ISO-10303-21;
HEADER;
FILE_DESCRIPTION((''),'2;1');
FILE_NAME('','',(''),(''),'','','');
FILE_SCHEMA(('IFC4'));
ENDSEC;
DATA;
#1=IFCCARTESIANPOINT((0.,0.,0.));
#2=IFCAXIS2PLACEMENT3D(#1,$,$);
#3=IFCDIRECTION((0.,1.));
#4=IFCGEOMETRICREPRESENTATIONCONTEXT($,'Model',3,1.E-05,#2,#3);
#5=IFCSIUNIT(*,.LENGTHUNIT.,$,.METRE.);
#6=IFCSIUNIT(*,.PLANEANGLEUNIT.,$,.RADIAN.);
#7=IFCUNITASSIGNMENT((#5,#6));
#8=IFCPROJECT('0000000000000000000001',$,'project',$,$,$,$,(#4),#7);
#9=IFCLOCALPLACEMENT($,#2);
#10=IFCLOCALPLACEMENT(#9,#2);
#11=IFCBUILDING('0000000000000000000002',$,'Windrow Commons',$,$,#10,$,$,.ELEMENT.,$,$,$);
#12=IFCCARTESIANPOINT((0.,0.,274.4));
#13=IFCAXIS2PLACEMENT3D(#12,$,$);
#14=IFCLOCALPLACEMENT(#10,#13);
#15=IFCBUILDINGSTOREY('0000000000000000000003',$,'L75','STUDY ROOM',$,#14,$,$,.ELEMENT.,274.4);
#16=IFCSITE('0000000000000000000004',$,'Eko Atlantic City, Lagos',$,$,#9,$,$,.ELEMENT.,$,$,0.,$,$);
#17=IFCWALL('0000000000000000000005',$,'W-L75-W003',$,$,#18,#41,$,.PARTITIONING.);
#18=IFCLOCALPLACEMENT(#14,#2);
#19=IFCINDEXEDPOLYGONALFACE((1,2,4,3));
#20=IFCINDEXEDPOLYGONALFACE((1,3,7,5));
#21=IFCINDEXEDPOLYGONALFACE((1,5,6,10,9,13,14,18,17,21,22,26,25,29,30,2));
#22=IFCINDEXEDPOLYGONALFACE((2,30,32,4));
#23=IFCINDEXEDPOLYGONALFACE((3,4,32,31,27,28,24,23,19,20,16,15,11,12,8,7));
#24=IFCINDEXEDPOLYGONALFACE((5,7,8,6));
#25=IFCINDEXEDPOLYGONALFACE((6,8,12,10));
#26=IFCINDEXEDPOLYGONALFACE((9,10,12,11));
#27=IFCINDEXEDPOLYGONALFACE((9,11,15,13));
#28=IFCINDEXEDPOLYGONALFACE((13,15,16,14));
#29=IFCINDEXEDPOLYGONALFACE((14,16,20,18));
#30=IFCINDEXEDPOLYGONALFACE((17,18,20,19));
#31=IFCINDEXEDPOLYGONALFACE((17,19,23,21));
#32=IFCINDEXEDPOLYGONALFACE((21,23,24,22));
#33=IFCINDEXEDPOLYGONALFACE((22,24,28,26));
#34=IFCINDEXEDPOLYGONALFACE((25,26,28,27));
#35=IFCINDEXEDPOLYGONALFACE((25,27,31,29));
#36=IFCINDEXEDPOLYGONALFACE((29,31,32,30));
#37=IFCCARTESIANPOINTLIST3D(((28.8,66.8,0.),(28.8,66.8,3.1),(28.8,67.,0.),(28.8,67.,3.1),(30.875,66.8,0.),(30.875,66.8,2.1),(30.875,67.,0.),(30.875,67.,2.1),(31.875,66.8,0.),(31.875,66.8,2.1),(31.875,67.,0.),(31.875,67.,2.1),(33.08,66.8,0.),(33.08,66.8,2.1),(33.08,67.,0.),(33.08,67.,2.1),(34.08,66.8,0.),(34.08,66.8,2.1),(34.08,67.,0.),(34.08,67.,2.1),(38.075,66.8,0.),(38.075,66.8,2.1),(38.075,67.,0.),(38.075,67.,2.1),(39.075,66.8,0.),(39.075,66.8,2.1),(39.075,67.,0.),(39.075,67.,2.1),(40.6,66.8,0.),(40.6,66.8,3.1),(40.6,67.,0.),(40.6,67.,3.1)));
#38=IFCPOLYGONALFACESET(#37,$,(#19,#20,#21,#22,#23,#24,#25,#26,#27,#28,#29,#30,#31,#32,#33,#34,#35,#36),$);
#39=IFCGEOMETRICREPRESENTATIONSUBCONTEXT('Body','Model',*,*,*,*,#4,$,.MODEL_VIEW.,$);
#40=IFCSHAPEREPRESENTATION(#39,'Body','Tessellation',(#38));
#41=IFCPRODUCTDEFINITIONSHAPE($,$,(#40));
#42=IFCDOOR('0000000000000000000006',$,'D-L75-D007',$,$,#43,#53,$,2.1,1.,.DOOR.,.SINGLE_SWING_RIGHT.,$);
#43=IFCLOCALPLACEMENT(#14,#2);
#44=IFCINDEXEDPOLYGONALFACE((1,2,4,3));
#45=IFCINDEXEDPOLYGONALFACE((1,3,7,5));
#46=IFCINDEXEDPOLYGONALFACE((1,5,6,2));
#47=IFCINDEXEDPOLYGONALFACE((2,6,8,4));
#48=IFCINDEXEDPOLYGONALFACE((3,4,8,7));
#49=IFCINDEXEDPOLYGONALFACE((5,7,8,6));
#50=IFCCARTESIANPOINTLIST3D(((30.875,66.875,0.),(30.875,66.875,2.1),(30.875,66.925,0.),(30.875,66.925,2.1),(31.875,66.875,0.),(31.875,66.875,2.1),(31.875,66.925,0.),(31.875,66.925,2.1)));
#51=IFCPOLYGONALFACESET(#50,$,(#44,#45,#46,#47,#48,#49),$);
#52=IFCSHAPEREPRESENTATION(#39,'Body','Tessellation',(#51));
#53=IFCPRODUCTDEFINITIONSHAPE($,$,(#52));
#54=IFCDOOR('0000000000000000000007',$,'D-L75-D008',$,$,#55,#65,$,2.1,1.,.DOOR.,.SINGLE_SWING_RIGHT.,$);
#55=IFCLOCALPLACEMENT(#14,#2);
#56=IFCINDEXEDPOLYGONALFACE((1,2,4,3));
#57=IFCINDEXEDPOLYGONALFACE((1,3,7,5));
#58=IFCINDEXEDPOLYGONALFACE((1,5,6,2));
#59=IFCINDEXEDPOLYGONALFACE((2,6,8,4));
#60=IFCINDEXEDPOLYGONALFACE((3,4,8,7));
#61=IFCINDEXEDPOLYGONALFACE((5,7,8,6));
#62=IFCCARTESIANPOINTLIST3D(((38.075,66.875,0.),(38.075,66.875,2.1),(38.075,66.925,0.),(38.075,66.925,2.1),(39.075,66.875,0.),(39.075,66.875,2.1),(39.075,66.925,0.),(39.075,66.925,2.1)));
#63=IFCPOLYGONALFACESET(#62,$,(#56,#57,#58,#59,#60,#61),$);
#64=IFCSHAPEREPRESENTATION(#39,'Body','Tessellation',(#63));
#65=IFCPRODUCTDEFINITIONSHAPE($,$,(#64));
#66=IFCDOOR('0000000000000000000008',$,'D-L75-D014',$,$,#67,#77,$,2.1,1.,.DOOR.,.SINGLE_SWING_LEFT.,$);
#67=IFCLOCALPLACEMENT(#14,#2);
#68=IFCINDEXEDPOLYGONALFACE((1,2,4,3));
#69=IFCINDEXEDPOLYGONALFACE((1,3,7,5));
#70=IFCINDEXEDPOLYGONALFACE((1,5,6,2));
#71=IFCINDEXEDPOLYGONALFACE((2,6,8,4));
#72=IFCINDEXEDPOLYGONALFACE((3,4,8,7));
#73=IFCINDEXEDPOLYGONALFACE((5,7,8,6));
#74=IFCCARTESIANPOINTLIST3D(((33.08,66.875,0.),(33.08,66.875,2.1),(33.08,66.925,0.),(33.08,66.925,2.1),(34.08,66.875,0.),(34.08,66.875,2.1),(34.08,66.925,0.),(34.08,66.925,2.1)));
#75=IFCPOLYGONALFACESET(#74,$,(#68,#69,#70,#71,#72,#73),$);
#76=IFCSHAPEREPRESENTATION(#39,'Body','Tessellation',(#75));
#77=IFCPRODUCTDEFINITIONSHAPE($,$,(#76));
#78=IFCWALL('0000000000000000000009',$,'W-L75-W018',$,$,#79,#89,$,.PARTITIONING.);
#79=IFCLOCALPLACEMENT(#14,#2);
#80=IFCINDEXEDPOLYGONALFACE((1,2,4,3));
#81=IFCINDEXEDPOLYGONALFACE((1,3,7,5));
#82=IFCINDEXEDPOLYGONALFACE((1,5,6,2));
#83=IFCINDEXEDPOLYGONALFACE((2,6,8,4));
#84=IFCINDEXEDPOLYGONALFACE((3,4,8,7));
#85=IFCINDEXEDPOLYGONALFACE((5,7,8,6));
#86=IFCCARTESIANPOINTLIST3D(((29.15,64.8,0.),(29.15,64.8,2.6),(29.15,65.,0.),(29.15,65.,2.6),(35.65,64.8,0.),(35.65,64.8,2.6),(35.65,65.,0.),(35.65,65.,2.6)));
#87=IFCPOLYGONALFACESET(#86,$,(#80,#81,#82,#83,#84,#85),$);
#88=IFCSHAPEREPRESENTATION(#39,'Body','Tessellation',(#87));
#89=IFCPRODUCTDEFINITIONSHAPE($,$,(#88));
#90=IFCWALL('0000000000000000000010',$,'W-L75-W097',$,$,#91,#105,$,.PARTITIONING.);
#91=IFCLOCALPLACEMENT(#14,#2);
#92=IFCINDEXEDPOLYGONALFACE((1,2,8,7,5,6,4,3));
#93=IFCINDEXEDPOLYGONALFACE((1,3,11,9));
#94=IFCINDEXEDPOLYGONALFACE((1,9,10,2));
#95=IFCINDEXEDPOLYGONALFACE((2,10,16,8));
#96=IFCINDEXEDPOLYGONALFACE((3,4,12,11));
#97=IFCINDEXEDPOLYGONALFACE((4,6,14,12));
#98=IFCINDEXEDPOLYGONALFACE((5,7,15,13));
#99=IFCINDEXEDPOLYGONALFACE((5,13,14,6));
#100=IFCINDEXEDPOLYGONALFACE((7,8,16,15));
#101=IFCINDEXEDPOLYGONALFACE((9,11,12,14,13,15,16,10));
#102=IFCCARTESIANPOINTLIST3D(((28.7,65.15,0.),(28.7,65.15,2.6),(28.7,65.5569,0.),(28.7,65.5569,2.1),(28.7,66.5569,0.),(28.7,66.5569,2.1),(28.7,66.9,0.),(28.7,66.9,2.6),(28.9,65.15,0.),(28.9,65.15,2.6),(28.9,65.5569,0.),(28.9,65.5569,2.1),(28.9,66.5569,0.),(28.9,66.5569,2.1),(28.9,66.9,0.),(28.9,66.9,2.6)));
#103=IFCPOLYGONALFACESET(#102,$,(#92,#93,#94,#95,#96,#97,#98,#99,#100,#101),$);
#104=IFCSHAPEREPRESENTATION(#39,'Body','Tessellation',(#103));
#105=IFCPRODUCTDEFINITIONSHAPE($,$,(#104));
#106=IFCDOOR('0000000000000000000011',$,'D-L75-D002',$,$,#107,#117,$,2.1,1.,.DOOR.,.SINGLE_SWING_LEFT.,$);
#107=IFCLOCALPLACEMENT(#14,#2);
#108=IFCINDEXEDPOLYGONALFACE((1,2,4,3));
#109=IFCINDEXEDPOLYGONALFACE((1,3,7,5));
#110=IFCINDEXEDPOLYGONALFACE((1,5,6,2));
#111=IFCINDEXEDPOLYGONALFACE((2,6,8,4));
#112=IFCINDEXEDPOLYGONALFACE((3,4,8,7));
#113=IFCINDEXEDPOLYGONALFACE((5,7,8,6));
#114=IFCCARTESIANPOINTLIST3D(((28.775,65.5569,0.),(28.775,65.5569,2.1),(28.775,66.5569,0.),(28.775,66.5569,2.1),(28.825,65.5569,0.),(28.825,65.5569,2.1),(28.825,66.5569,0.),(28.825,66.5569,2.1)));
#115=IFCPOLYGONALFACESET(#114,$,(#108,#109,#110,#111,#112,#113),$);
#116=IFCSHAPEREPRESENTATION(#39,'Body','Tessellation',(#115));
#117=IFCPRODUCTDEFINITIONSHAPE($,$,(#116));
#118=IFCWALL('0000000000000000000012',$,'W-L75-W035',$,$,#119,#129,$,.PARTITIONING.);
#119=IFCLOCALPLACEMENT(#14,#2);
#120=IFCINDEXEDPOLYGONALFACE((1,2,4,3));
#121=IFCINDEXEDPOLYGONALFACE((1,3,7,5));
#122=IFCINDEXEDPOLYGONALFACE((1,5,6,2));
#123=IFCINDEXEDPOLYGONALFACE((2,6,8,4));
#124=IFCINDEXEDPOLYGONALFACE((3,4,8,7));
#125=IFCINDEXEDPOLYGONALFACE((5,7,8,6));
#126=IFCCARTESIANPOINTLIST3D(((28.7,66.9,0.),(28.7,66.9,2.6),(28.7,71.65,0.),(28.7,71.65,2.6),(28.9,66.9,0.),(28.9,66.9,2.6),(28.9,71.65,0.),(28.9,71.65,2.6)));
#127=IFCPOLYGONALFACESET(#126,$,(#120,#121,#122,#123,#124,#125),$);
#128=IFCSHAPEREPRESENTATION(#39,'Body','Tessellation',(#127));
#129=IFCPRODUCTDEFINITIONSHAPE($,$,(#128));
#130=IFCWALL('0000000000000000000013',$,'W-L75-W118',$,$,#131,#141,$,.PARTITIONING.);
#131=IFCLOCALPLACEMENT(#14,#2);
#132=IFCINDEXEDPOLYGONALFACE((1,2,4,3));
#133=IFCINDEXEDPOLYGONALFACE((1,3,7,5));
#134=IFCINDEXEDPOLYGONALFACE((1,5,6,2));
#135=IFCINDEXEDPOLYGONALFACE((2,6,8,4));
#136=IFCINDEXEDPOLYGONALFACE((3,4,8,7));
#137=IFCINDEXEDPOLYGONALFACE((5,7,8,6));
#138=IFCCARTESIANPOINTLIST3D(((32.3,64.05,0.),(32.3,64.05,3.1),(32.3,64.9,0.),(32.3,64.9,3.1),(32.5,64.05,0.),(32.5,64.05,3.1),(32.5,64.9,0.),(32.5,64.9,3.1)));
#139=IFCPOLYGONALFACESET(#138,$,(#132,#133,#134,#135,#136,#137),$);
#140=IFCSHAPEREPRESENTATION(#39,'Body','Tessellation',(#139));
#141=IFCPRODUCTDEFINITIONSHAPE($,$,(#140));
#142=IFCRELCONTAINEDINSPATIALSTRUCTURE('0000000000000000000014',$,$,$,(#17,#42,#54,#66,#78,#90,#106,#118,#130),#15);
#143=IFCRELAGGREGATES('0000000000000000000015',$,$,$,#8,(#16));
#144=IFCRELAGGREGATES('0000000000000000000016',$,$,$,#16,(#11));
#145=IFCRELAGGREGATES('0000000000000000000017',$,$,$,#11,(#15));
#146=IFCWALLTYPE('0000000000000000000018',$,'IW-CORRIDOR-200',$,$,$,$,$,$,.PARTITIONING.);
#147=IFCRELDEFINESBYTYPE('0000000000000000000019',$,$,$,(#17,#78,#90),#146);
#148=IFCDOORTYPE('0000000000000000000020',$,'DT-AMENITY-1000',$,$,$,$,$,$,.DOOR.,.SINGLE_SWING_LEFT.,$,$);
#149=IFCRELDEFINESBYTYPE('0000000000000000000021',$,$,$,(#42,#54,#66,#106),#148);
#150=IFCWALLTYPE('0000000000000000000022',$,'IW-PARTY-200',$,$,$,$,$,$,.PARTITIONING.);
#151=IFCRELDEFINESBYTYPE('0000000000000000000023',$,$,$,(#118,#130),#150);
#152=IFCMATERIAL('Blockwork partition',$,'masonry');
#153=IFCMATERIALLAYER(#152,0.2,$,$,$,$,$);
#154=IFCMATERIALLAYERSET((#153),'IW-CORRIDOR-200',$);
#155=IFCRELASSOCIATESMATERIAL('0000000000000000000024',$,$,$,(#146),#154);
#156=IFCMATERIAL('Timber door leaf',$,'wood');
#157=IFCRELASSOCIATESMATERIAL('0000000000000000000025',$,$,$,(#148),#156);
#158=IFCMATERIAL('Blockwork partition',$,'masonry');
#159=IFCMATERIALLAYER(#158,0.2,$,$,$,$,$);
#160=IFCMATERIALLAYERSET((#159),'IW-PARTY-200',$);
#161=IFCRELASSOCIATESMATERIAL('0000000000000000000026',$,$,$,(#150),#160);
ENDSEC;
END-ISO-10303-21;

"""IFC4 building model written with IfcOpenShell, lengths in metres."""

from ifc_helpers import new_model, si_unit, direction, frame, frame_2d, origin, place, context, subcontext, project, spatial, rectangle, extrude, material, layer, layer_set, type_object, element, fill, save


model = new_model("IFC4")

# Units and contexts
model_context = context("Model", 3, precision=1e-05, world=origin(), true_north=direction((0.0, 1.0)))
body_context = subcontext(model_context, "Body", "Model", "MODEL_VIEW")
ifc_project = project(units=[si_unit("LENGTHUNIT", "METRE"), si_unit("PLANEANGLEUNIT", "RADIAN")], contexts=[model_context])

# Site, building, storey
site_placement = place(None, origin())
site = spatial("IfcSite", under=ifc_project, at=site_placement, Name="Eko Atlantic City, Lagos", CompositionType="ELEMENT", RefElevation=0.0)
building_placement = place(site_placement, origin())
building = spatial("IfcBuilding", under=site, at=building_placement, Name="Windrow Commons", CompositionType="ELEMENT")
storey_placement = place(building_placement, frame((0.0, 0.0, 274.4)))
storey = spatial("IfcBuildingStorey", under=building, at=storey_placement, Name="L75", Description="STUDY ROOM", CompositionType="ELEMENT", Elevation=274.4)

# Wall, openings, doors
ifc_material_1 = material(Name="Blockwork partition", Category="masonry")
ifc_layer_1 = layer(ifc_material_1, 0.2)
ifc_layer_set_1 = layer_set([ifc_layer_1], Name="IW-CORRIDOR-200")
wall_type_1 = type_object("IfcWallType", Name="IW-CORRIDOR-200", PredefinedType="PARTITIONING", material=ifc_layer_set_1)
wall_1_placement = place(storey_placement, frame((28.8, 66.9, 0.0), z_axis=(0.0, 0.0, 1.0), x_axis=(1.0, 0.0, 0.0)))
wall_1 = element("IfcWall", 1, at=wall_1_placement, inside=storey, type_object=wall_type_1, Name="W-L75-W003", PredefinedType="PARTITIONING", context=body_context, shape_type="SweptSolid", body=[
    extrude(rectangle(XDim=11.8, YDim=0.2, at=frame_2d((5.9, 0.0))), origin(), (0.0, 0.0, 1.0), 3.1),
])
opening_1_placement = place(wall_1_placement, frame((2.075, 0.0, 0.0)))
opening_1 = element("IfcOpeningElement", 2, at=opening_1_placement, cuts=wall_1, PredefinedType="OPENING", context=body_context, shape_type="SweptSolid", body=[
    extrude(rectangle(XDim=1.0, YDim=2.1, at=frame_2d((0.5, 1.05))), frame((0.0, 0.11, 0.0), z_axis=(0.0, -1.0, 0.0), x_axis=(1.0, 0.0, 0.0)), (0.0, 0.0, 1.0), 0.22),
])
opening_2_placement = place(wall_1_placement, frame((9.275, 0.0, 0.0)))
opening_2 = element("IfcOpeningElement", 3, at=opening_2_placement, cuts=wall_1, PredefinedType="OPENING", context=body_context, shape_type="SweptSolid", body=[
    extrude(rectangle(XDim=1.0, YDim=2.1, at=frame_2d((0.5, 1.05))), frame((0.0, 0.11, 0.0), z_axis=(0.0, -1.0, 0.0), x_axis=(1.0, 0.0, 0.0)), (0.0, 0.0, 1.0), 0.22),
])
opening_3_placement = place(wall_1_placement, frame((4.28, 0.0, 0.0)))
opening_3 = element("IfcOpeningElement", 4, at=opening_3_placement, cuts=wall_1, PredefinedType="OPENING", context=body_context, shape_type="SweptSolid", body=[
    extrude(rectangle(XDim=1.0, YDim=2.1, at=frame_2d((0.5, 1.05))), frame((0.0, 0.11, 0.0), z_axis=(0.0, -1.0, 0.0), x_axis=(1.0, 0.0, 0.0)), (0.0, 0.0, 1.0), 0.22),
])
ifc_material_2 = material(Name="Timber door leaf", Category="wood")
door_type = type_object("IfcDoorType", Name="DT-AMENITY-1000", OperationType="SINGLE_SWING_LEFT", PredefinedType="DOOR", material=ifc_material_2)
door_1_placement = place(opening_1_placement, origin())
door_1 = element("IfcDoor", 5, at=door_1_placement, inside=storey, type_object=door_type, Name="D-L75-D007", OperationType="SINGLE_SWING_RIGHT", OverallHeight=2.1, OverallWidth=1.0, PredefinedType="DOOR", context=body_context, shape_type="SweptSolid", body=[
    extrude(rectangle(XDim=1.0, YDim=2.1, at=frame_2d((0.5, 1.05))), frame((0.0, 0.025, 0.0), z_axis=(0.0, -1.0, 0.0), x_axis=(1.0, 0.0, 0.0)), (0.0, 0.0, 1.0), 0.05),
])
fill(opening_1, door_1)
door_2_placement = place(opening_2_placement, origin())
door_2 = element("IfcDoor", 6, at=door_2_placement, inside=storey, type_object=door_type, Name="D-L75-D008", OperationType="SINGLE_SWING_RIGHT", OverallHeight=2.1, OverallWidth=1.0, PredefinedType="DOOR", context=body_context, shape_type="SweptSolid", body=[
    extrude(rectangle(XDim=1.0, YDim=2.1, at=frame_2d((0.5, 1.05))), frame((0.0, 0.025, 0.0), z_axis=(0.0, -1.0, 0.0), x_axis=(1.0, 0.0, 0.0)), (0.0, 0.0, 1.0), 0.05),
])
fill(opening_2, door_2)
door_3_placement = place(opening_3_placement, origin())
door_3 = element("IfcDoor", 7, at=door_3_placement, inside=storey, type_object=door_type, Name="D-L75-D014", OperationType="SINGLE_SWING_LEFT", OverallHeight=2.1, OverallWidth=1.0, PredefinedType="DOOR", context=body_context, shape_type="SweptSolid", body=[
    extrude(rectangle(XDim=1.0, YDim=2.1, at=frame_2d((0.5, 1.05))), frame((0.0, 0.025, 0.0), z_axis=(0.0, -1.0, 0.0), x_axis=(1.0, 0.0, 0.0)), (0.0, 0.0, 1.0), 0.05),
])
fill(opening_3, door_3)

# Wall
wall_2_placement = place(storey_placement, frame((29.15, 64.9, 0.0), z_axis=(0.0, 0.0, 1.0), x_axis=(1.0, 0.0, 0.0)))
element("IfcWall", 8, at=wall_2_placement, inside=storey, type_object=wall_type_1, Name="W-L75-W018", PredefinedType="PARTITIONING", context=body_context, shape_type="SweptSolid", body=[
    extrude(rectangle(XDim=6.5, YDim=0.2, at=frame_2d((3.25, 0.0))), origin(), (0.0, 0.0, 1.0), 2.6),
])

# Wall, opening, door
wall_3_placement = place(storey_placement, frame((28.8, 65.15, 0.0), z_axis=(0.0, 0.0, 1.0), x_axis=(0.0, 1.0, 0.0)))
wall_3 = element("IfcWall", 9, at=wall_3_placement, inside=storey, type_object=wall_type_1, Name="W-L75-W097", PredefinedType="PARTITIONING", context=body_context, shape_type="SweptSolid", body=[
    extrude(rectangle(XDim=1.75, YDim=0.2, at=frame_2d((0.875, 0.0))), origin(), (0.0, 0.0, 1.0), 2.6),
])
opening_4_placement = place(wall_3_placement, frame((0.4069, 0.0, 0.0)))
opening_4 = element("IfcOpeningElement", 10, at=opening_4_placement, cuts=wall_3, PredefinedType="OPENING", context=body_context, shape_type="SweptSolid", body=[
    extrude(rectangle(XDim=1.0, YDim=2.1, at=frame_2d((0.5, 1.05))), frame((0.0, 0.11, 0.0), z_axis=(0.0, -1.0, 0.0), x_axis=(1.0, 0.0, 0.0)), (0.0, 0.0, 1.0), 0.22),
])
door_4_placement = place(opening_4_placement, origin())
door_4 = element("IfcDoor", 11, at=door_4_placement, inside=storey, type_object=door_type, Name="D-L75-D002", OperationType="SINGLE_SWING_LEFT", OverallHeight=2.1, OverallWidth=1.0, PredefinedType="DOOR", context=body_context, shape_type="SweptSolid", body=[
    extrude(rectangle(XDim=1.0, YDim=2.1, at=frame_2d((0.5, 1.05))), frame((0.0, 0.025, 0.0), z_axis=(0.0, -1.0, 0.0), x_axis=(1.0, 0.0, 0.0)), (0.0, 0.0, 1.0), 0.05),
])
fill(opening_4, door_4)

# Walls
ifc_material_3 = material(Name="Blockwork partition", Category="masonry")
ifc_layer_2 = layer(ifc_material_3, 0.2)
ifc_layer_set_2 = layer_set([ifc_layer_2], Name="IW-PARTY-200")
wall_type_2 = type_object("IfcWallType", Name="IW-PARTY-200", PredefinedType="PARTITIONING", material=ifc_layer_set_2)
wall_4_placement = place(storey_placement, frame((28.8, 66.9, 0.0), z_axis=(0.0, 0.0, 1.0), x_axis=(0.0, 1.0, 0.0)))
element("IfcWall", 12, at=wall_4_placement, inside=storey, type_object=wall_type_2, Name="W-L75-W035", PredefinedType="PARTITIONING", context=body_context, shape_type="SweptSolid", body=[
    extrude(rectangle(XDim=4.75, YDim=0.2, at=frame_2d((2.375, 0.0))), origin(), (0.0, 0.0, 1.0), 2.6),
])
wall_5_placement = place(storey_placement, frame((32.4, 64.05, 0.0), z_axis=(0.0, 0.0, 1.0), x_axis=(0.0, 1.0, 0.0)))
element("IfcWall", 13, at=wall_5_placement, inside=storey, type_object=wall_type_2, Name="W-L75-W118", PredefinedType="PARTITIONING", context=body_context, shape_type="SweptSolid", body=[
    extrude(rectangle(XDim=0.85, YDim=0.2, at=frame_2d((0.425, 0.0))), origin(), (0.0, 0.0, 1.0), 3.1),
])

save(model, "model.ifc")
